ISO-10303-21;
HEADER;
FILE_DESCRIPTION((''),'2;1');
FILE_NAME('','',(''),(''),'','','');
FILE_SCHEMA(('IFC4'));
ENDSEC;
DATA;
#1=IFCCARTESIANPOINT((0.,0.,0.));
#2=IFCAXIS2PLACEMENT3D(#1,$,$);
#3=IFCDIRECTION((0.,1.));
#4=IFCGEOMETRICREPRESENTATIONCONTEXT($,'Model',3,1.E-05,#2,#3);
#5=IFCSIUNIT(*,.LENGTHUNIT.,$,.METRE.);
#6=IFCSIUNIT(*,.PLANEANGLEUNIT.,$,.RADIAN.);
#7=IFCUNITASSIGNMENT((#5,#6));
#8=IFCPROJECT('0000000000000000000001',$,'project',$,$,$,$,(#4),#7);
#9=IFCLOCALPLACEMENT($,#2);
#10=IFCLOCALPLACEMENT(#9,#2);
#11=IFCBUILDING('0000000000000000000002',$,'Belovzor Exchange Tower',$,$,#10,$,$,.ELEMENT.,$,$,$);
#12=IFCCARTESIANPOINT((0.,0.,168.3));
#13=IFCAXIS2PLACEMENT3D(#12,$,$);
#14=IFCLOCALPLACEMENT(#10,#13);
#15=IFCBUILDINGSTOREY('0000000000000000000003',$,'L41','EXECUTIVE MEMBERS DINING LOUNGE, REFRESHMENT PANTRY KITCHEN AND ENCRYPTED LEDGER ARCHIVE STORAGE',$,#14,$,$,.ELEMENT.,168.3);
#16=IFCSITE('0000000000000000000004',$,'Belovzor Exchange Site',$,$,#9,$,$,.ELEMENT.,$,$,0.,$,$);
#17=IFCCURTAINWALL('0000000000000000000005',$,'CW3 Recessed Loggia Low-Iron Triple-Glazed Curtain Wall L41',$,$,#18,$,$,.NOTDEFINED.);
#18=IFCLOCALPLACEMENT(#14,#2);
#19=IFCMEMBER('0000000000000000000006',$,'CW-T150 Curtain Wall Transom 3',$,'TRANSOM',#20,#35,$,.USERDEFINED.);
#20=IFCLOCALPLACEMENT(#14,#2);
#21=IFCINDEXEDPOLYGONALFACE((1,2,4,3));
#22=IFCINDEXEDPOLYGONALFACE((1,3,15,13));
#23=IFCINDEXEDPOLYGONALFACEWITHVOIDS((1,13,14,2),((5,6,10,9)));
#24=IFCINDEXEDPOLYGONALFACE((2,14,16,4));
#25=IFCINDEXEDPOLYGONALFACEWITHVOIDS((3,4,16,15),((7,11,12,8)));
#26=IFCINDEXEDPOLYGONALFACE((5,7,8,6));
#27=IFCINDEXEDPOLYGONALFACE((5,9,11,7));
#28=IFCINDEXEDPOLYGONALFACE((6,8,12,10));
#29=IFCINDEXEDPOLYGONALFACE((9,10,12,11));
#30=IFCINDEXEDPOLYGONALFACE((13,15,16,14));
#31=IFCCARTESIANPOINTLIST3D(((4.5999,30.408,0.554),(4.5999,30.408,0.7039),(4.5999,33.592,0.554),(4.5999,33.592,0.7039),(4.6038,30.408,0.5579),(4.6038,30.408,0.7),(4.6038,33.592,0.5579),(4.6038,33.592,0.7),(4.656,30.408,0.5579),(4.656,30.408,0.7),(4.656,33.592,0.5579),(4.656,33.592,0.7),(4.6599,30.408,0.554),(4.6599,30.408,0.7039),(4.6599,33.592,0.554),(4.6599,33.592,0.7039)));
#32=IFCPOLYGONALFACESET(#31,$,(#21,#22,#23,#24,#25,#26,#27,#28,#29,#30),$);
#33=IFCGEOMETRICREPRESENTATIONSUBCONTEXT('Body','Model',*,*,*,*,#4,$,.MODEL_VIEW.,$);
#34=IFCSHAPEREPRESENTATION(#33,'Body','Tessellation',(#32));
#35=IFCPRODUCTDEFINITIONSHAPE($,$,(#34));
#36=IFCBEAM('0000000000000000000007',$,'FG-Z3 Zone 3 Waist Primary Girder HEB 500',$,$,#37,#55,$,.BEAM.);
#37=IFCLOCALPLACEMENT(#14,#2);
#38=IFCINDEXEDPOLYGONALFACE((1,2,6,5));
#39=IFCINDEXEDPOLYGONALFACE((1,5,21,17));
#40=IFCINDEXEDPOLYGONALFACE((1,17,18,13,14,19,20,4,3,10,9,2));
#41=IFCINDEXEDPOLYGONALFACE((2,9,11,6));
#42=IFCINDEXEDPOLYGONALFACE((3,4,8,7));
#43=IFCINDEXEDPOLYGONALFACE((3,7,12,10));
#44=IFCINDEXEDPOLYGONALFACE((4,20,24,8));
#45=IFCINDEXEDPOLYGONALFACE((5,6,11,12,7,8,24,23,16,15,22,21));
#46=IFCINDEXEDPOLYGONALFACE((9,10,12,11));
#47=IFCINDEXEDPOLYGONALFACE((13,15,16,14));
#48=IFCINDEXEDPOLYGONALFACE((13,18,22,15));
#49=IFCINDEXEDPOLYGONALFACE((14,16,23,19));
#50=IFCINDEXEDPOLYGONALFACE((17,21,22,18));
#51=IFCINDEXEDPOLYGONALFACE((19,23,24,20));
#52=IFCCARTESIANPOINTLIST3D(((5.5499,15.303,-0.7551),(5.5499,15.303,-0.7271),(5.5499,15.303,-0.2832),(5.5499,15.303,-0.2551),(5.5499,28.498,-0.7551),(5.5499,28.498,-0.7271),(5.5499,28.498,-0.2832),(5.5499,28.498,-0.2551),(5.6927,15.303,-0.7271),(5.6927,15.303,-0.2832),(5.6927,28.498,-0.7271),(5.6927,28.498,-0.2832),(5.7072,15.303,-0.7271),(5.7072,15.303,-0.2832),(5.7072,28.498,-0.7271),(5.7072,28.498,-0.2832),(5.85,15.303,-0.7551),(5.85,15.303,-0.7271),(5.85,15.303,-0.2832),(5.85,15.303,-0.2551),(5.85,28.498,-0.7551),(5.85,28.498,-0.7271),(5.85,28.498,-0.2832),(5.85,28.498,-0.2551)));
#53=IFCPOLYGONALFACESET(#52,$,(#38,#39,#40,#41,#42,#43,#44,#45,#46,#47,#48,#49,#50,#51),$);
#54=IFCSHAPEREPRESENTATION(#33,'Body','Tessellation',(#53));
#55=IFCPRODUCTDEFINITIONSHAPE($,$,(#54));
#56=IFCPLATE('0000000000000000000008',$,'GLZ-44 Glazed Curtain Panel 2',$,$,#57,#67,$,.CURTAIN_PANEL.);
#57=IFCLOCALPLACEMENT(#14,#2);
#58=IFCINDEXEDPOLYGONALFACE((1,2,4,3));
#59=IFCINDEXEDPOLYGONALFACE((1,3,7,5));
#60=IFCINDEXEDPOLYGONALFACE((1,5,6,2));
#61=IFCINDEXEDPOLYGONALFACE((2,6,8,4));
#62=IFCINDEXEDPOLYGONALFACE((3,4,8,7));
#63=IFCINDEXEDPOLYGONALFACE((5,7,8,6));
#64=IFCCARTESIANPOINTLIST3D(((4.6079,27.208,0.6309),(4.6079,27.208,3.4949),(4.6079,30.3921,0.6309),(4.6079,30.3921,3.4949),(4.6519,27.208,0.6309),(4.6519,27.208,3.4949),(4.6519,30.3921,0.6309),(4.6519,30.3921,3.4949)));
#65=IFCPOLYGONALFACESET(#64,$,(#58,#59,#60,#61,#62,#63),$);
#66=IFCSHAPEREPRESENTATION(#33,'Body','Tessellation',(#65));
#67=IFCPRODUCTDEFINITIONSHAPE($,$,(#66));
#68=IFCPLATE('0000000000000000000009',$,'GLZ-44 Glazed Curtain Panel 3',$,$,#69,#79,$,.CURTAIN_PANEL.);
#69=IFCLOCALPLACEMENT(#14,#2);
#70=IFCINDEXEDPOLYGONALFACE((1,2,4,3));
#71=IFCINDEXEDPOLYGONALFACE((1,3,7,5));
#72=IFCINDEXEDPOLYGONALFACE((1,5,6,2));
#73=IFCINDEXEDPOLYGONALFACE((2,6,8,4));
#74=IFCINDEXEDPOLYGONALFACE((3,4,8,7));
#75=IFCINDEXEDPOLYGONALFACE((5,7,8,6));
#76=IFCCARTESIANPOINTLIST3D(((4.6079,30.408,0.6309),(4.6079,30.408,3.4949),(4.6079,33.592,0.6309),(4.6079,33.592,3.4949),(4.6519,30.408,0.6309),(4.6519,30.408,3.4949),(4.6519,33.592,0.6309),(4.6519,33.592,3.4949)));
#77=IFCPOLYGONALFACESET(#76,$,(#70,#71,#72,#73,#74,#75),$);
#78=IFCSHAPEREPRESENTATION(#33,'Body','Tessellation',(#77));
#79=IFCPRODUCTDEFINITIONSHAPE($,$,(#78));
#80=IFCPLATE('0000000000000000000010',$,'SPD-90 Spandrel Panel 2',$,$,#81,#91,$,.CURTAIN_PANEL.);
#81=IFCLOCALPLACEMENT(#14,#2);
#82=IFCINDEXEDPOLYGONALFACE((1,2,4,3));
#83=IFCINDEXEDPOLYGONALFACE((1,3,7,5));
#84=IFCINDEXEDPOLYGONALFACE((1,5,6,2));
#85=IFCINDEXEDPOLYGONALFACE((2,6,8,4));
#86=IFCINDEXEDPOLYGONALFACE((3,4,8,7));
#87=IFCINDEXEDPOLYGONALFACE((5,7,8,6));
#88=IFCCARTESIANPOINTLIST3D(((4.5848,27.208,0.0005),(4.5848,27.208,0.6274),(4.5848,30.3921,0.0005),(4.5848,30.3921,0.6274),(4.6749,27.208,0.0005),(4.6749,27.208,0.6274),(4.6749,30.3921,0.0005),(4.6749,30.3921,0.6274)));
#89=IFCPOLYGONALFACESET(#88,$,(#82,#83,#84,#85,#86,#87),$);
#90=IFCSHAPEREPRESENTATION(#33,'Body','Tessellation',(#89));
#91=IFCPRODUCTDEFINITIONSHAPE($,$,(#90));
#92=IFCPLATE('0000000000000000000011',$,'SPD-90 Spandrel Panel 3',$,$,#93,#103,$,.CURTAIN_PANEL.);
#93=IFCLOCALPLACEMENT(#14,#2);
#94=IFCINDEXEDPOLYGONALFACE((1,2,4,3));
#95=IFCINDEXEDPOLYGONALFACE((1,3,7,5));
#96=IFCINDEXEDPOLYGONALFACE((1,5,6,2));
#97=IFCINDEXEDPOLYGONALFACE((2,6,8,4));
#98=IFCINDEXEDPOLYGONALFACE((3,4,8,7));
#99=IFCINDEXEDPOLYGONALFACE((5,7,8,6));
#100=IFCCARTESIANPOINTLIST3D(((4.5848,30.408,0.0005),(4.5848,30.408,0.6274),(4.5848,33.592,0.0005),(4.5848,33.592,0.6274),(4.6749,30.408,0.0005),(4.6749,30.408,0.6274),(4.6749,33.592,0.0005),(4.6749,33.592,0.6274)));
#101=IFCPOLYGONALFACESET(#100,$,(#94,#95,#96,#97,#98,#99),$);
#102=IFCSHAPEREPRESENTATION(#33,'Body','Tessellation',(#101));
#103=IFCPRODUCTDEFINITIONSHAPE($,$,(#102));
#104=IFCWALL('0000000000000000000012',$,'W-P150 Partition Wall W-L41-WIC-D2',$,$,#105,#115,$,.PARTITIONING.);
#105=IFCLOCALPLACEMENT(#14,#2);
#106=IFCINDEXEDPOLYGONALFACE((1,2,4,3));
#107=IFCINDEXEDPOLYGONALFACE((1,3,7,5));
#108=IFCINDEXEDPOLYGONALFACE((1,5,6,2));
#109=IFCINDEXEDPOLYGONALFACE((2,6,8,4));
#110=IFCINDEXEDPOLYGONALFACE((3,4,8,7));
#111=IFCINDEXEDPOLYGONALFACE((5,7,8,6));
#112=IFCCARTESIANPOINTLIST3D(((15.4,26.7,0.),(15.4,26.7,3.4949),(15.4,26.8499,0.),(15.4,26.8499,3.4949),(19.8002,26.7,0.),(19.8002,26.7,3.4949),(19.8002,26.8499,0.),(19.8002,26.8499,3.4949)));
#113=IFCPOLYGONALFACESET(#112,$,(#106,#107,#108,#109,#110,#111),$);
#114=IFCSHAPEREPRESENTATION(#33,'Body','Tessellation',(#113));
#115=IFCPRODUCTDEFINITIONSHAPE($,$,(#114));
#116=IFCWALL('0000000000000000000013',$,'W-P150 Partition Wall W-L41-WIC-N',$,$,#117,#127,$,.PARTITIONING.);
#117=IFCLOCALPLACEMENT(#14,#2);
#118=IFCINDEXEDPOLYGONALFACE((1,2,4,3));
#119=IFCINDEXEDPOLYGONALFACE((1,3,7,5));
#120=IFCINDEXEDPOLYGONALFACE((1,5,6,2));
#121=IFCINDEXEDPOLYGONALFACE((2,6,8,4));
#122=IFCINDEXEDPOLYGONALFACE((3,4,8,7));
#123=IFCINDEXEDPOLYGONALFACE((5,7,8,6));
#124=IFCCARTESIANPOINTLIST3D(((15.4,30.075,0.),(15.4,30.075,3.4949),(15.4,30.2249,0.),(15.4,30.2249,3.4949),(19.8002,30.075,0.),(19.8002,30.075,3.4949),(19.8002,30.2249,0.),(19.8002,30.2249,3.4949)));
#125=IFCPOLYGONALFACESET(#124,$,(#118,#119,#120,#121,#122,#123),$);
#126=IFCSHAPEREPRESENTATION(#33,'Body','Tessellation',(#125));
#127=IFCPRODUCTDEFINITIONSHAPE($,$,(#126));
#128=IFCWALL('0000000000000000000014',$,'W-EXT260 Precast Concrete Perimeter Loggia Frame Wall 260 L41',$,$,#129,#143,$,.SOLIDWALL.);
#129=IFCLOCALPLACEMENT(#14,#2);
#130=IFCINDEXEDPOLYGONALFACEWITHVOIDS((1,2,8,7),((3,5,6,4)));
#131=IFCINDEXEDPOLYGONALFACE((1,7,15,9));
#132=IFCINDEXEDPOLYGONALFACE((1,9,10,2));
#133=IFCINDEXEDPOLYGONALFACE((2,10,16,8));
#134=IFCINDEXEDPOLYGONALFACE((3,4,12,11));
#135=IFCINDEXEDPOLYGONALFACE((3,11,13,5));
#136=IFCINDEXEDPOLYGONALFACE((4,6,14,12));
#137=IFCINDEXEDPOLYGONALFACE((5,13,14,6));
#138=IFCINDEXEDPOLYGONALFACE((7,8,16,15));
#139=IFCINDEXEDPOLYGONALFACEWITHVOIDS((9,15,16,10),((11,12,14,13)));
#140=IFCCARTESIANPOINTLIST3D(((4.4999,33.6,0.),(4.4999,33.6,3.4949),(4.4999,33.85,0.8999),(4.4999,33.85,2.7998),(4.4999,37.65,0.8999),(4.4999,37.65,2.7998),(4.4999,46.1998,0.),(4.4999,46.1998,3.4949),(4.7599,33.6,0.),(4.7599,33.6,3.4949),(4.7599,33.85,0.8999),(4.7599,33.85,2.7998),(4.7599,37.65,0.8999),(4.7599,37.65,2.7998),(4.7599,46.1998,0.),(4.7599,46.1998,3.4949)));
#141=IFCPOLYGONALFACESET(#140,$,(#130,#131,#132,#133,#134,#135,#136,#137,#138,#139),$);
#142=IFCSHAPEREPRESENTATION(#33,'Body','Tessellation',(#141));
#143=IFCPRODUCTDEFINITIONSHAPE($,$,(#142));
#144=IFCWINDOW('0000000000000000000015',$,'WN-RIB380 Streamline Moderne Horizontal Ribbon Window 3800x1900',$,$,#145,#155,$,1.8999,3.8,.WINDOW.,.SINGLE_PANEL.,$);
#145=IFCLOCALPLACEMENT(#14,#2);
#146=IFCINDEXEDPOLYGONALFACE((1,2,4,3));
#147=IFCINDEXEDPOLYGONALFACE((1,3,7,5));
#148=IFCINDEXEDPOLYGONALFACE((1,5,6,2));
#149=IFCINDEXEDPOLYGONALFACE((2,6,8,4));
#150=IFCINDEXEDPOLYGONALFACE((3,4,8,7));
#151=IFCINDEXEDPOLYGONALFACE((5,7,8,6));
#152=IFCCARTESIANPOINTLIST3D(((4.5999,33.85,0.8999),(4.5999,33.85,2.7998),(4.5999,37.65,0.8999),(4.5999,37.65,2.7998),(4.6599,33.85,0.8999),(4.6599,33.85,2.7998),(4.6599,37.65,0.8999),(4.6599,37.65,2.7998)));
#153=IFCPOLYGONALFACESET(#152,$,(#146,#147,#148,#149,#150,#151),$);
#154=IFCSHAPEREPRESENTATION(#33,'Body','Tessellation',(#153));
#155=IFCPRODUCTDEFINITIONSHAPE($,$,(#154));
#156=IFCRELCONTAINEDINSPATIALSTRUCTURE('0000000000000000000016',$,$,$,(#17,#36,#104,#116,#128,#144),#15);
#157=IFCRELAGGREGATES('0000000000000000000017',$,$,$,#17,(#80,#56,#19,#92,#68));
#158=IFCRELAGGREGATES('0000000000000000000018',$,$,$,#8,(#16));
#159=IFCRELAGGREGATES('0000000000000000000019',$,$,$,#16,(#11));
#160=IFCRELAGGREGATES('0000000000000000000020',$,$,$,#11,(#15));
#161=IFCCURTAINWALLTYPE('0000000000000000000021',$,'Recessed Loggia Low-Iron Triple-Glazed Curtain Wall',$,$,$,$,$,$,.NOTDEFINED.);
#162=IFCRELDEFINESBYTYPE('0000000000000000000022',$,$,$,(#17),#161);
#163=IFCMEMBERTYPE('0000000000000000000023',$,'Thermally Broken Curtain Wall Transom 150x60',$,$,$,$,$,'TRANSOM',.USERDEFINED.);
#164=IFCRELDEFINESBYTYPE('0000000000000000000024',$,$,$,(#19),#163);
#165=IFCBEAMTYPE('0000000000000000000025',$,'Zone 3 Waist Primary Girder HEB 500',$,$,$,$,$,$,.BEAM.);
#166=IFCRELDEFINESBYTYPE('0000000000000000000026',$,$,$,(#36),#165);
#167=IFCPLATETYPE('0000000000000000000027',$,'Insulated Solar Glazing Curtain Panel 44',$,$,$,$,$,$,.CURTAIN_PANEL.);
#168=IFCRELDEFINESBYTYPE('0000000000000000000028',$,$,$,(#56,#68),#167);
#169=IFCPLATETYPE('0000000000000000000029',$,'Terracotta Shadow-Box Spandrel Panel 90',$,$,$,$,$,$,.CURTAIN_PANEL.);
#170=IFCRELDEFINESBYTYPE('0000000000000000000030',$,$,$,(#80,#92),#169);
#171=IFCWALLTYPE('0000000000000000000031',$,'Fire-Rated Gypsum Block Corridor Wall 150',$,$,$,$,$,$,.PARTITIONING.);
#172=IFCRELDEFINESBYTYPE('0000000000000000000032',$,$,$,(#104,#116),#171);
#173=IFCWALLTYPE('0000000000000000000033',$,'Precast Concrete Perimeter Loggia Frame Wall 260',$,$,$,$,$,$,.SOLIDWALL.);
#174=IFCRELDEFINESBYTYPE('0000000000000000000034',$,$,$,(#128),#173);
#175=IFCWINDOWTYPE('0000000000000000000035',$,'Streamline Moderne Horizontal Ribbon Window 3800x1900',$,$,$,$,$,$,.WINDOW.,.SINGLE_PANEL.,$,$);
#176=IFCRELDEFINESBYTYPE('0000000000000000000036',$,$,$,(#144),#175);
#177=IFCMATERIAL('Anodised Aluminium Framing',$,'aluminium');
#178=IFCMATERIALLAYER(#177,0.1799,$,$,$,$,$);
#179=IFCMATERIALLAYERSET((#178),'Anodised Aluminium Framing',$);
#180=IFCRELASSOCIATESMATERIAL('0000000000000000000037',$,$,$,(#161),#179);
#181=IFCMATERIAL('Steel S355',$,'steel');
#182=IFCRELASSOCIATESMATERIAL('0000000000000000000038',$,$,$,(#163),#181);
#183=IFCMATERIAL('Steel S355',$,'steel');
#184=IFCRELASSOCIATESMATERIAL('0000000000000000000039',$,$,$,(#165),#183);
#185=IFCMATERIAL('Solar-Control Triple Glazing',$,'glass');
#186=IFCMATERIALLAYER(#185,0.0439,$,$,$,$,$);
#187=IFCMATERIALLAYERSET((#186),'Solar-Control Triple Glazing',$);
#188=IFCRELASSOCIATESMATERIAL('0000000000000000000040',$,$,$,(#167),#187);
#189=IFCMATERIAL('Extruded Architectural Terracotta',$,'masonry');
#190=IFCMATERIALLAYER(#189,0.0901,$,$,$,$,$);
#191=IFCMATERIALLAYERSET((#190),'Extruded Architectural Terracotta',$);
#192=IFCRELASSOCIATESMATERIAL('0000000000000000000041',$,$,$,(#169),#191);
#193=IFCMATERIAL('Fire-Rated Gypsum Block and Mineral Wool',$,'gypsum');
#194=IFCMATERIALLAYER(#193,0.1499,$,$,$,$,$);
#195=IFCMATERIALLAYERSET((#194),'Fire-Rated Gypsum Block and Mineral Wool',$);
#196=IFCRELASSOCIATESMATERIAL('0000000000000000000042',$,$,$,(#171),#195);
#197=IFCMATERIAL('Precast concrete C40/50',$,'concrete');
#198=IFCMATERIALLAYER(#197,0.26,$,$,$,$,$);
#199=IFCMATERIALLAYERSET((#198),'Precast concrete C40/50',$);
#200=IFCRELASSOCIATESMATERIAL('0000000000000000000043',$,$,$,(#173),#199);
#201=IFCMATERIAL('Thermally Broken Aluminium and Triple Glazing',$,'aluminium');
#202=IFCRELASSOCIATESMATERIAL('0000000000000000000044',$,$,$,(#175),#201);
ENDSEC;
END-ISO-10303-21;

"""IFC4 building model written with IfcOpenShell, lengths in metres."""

from ifc_helpers import new_model, si_unit, direction, frame, frame_2d, origin, origin_2d, place, context, subcontext, project, spatial, rectangle, hollow_rectangle, i_section, extrude, material, layer, layer_set, material_profile, profile_set, type_object, element, fill, aggregate, save


model = new_model("IFC4")

# Units and contexts
model_context = context("Model", 3, precision=1e-05, world=origin(), true_north=direction((0.0, 1.0)))
body_context = subcontext(model_context, "Body", "Model", "MODEL_VIEW")
ifc_project = project(units=[si_unit("LENGTHUNIT", "METRE"), si_unit("PLANEANGLEUNIT", "RADIAN")], contexts=[model_context])

# Site, building, storey
site_placement = place(None, origin())
site = spatial("IfcSite", under=ifc_project, at=site_placement, Name="Belovzor Exchange Site", CompositionType="ELEMENT", RefElevation=0.0)
building_placement = place(site_placement, origin())
building = spatial("IfcBuilding", under=site, at=building_placement, Name="Belovzor Exchange Tower", CompositionType="ELEMENT")
storey_placement = place(building_placement, frame((0.0, 0.0, 168.3)))
storey = spatial("IfcBuildingStorey", under=building, at=storey_placement, Name="L41", Description="EXECUTIVE MEMBERS DINING LOUNGE, REFRESHMENT PANTRY KITCHEN AND ENCRYPTED LEDGER ARCHIVE STORAGE", CompositionType="ELEMENT", Elevation=168.3)

# Curtain wall, member
ifc_material_1 = material(Name="Anodised Aluminium Framing", Category="aluminium")
ifc_layer_1 = layer(ifc_material_1, 0.1799)
ifc_layer_set_1 = layer_set([ifc_layer_1], Name="Anodised Aluminium Framing")
curtain_wall_type = type_object("IfcCurtainWallType", Name="Recessed Loggia Low-Iron Triple-Glazed Curtain Wall", PredefinedType="NOTDEFINED", material=ifc_layer_set_1)
curtain_wall_placement = place(storey_placement, origin())
curtain_wall = element("IfcCurtainWall", 1, at=curtain_wall_placement, inside=storey, type_object=curtain_wall_type, Name="CW3 Recessed Loggia Low-Iron Triple-Glazed Curtain Wall L41", PredefinedType="NOTDEFINED")
ifc_material_2 = material(Name="Steel S355", Category="steel")
ifc_material_profile_1 = material_profile(ifc_material_2, hollow_rectangle(XDim=0.0601, YDim=0.1499, WallThickness=0.0039, at=origin_2d()))
ifc_profile_set_1 = profile_set([ifc_material_profile_1], Name="Steel S355")
member_type_1 = type_object("IfcMemberType", Name="Thermally Broken Curtain Wall Transom 150x60", ElementType="TRANSOM", PredefinedType="USERDEFINED", material=ifc_profile_set_1)
member_1_placement = place(storey_placement, frame((4.6299, 30.408, 0.6289), z_axis=(0.0, 1.0, 0.0), x_axis=(-1.0, 0.0, 0.0)))
member_1 = element("IfcMember", 2, at=member_1_placement, type_object=member_type_1, Name="CW-T150 Curtain Wall Transom 3", ObjectType="TRANSOM", PredefinedType="USERDEFINED", context=body_context, shape_type="SweptSolid", body=[
    extrude(hollow_rectangle(XDim=0.0601, YDim=0.1499, WallThickness=0.0039, at=origin_2d()), origin(), (0.0, 0.0, 1.0), 3.1841),
])

# Beam
ifc_material_3 = material(Name="Steel S355", Category="steel")
ifc_material_profile_2 = material_profile(ifc_material_3, i_section(OverallWidth=0.3, OverallDepth=0.5, WebThickness=0.0144, FlangeThickness=0.0281, at=origin_2d()))
ifc_profile_set_2 = profile_set([ifc_material_profile_2], Name="Steel S355")
beam_type_1 = type_object("IfcBeamType", Name="Zone 3 Waist Primary Girder HEB 500", PredefinedType="BEAM", material=ifc_profile_set_2)
beam_1_placement = place(storey_placement, frame((5.7, 28.498, -0.5051), z_axis=(0.0, -1.0, 0.0), x_axis=(1.0, 0.0, 0.0)))
element("IfcBeam", 3, at=beam_1_placement, inside=storey, type_object=beam_type_1, Name="FG-Z3 Zone 3 Waist Primary Girder HEB 500", PredefinedType="BEAM", context=body_context, shape_type="SweptSolid", body=[
    extrude(i_section(OverallWidth=0.3, OverallDepth=0.5, WebThickness=0.0144, FlangeThickness=0.0281, at=origin_2d()), origin(), (0.0, 0.0, 1.0), 13.1951),
])

# Plates
ifc_material_4 = material(Name="Solar-Control Triple Glazing", Category="glass")
ifc_layer_2 = layer(ifc_material_4, 0.0439)
ifc_layer_set_2 = layer_set([ifc_layer_2], Name="Solar-Control Triple Glazing")
plate_type_1 = type_object("IfcPlateType", Name="Insulated Solar Glazing Curtain Panel 44", PredefinedType="CURTAIN_PANEL", material=ifc_layer_set_2)
plate_1_placement = place(storey_placement, frame((4.6299, 28.8, 0.6309), z_axis=(0.0, 0.0, 1.0), x_axis=(0.0, 1.0, 0.0)))
plate_1 = element("IfcPlate", 4, at=plate_1_placement, type_object=plate_type_1, Name="GLZ-44 Glazed Curtain Panel 2", PredefinedType="CURTAIN_PANEL", context=body_context, shape_type="SweptSolid", body=[
    extrude(rectangle(XDim=3.1841, YDim=0.0439, at=origin_2d()), origin(), (0.0, 0.0, 1.0), 2.864),
])
plate_2_placement = place(storey_placement, frame((4.6299, 32.0, 0.6309), z_axis=(0.0, 0.0, 1.0), x_axis=(0.0, 1.0, 0.0)))
plate_2 = element("IfcPlate", 5, at=plate_2_placement, type_object=plate_type_1, Name="GLZ-44 Glazed Curtain Panel 3", PredefinedType="CURTAIN_PANEL", context=body_context, shape_type="SweptSolid", body=[
    extrude(rectangle(XDim=3.1841, YDim=0.0439, at=origin_2d()), origin(), (0.0, 0.0, 1.0), 2.864),
])
ifc_material_5 = material(Name="Extruded Architectural Terracotta", Category="masonry")
ifc_layer_3 = layer(ifc_material_5, 0.0901)
ifc_layer_set_3 = layer_set([ifc_layer_3], Name="Extruded Architectural Terracotta")
plate_type_2 = type_object("IfcPlateType", Name="Terracotta Shadow-Box Spandrel Panel 90", PredefinedType="CURTAIN_PANEL", material=ifc_layer_set_3)
plate_3_placement = place(storey_placement, frame((4.6299, 28.8, 0.0005), z_axis=(0.0, 0.0, 1.0), x_axis=(0.0, 1.0, 0.0)))
plate_3 = element("IfcPlate", 6, at=plate_3_placement, type_object=plate_type_2, Name="SPD-90 Spandrel Panel 2", PredefinedType="CURTAIN_PANEL", context=body_context, shape_type="SweptSolid", body=[
    extrude(rectangle(XDim=3.1841, YDim=0.0901, at=origin_2d()), origin(), (0.0, 0.0, 1.0), 0.627),
])
plate_4_placement = place(storey_placement, frame((4.6299, 32.0, 0.0005), z_axis=(0.0, 0.0, 1.0), x_axis=(0.0, 1.0, 0.0)))
plate_4 = element("IfcPlate", 7, at=plate_4_placement, type_object=plate_type_2, Name="SPD-90 Spandrel Panel 3", PredefinedType="CURTAIN_PANEL", context=body_context, shape_type="SweptSolid", body=[
    extrude(rectangle(XDim=3.1841, YDim=0.0901, at=origin_2d()), origin(), (0.0, 0.0, 1.0), 0.627),
])
aggregate(curtain_wall, [plate_3, plate_1, member_1, plate_4, plate_2])

# Walls
ifc_material_6 = material(Name="Fire-Rated Gypsum Block and Mineral Wool", Category="gypsum")
ifc_layer_4 = layer(ifc_material_6, 0.1499)
ifc_layer_set_4 = layer_set([ifc_layer_4], Name="Fire-Rated Gypsum Block and Mineral Wool")
wall_type_1 = type_object("IfcWallType", Name="Fire-Rated Gypsum Block Corridor Wall 150", PredefinedType="PARTITIONING", material=ifc_layer_set_4)
for number, where, z_axis, x_axis, name in (
    (8, (15.3999, 26.7749, 0.0), (0.0, 0.0, 1.0), (1.0, 0.0, 0.0), "W-P150 Partition Wall W-L41-WIC-D2"),
    (9, (15.3999, 30.1499, 0.0), (0.0, 0.0, 1.0), (1.0, 0.0, 0.0), "W-P150 Partition Wall W-L41-WIC-N"),
):
    element("IfcWall", number, at=place(storey_placement, frame(where, z_axis=z_axis, x_axis=x_axis)), inside=storey, type_object=wall_type_1, Name=name, PredefinedType="PARTITIONING", context=body_context, shape_type="SweptSolid", body=[
        extrude(rectangle(XDim=4.4001, YDim=0.1499, at=frame_2d((2.2002, 0.0))), origin(), (0.0, 0.0, 1.0), 3.4949),
    ])

# Wall, opening, window
ifc_material_7 = material(Name="Precast concrete C40/50", Category="concrete")
ifc_layer_5 = layer(ifc_material_7, 0.26)
ifc_layer_set_5 = layer_set([ifc_layer_5], Name="Precast concrete C40/50")
wall_type_2 = type_object("IfcWallType", Name="Precast Concrete Perimeter Loggia Frame Wall 260", PredefinedType="SOLIDWALL", material=ifc_layer_set_5)
wall_placement = place(storey_placement, frame((4.6299, 33.6001, 0.0), z_axis=(0.0, 0.0, 1.0), x_axis=(0.0, 1.0, 0.0)))
wall = element("IfcWall", 10, at=wall_placement, inside=storey, type_object=wall_type_2, Name="W-EXT260 Precast Concrete Perimeter Loggia Frame Wall 260 L41", PredefinedType="SOLIDWALL", context=body_context, shape_type="SweptSolid", body=[
    extrude(rectangle(XDim=12.5999, YDim=0.26, at=frame_2d((6.2998, 0.0))), origin(), (0.0, 0.0, 1.0), 3.4949),
])
opening_placement = place(wall_placement, frame((0.25, 0.0, 0.8999)))
opening = element("IfcOpeningElement", 11, at=opening_placement, cuts=wall, PredefinedType="OPENING", context=body_context, shape_type="SweptSolid", body=[
    extrude(rectangle(XDim=3.8, YDim=1.8999, at=frame_2d((1.8999, 0.95))), frame((0.0, 0.1399, 0.0), z_axis=(0.0, -1.0, 0.0), x_axis=(1.0, 0.0, 0.0)), (0.0, 0.0, 1.0), 0.28),
])
ifc_material_8 = material(Name="Thermally Broken Aluminium and Triple Glazing", Category="aluminium")
window_type = type_object("IfcWindowType", Name="Streamline Moderne Horizontal Ribbon Window 3800x1900", PartitioningType="SINGLE_PANEL", PredefinedType="WINDOW", material=ifc_material_8)
window_placement = place(opening_placement, origin())
window = element("IfcWindow", 12, at=window_placement, inside=storey, type_object=window_type, Name="WN-RIB380 Streamline Moderne Horizontal Ribbon Window 3800x1900", OverallHeight=1.8999, OverallWidth=3.8, PartitioningType="SINGLE_PANEL", PredefinedType="WINDOW", context=body_context, shape_type="SweptSolid", body=[
    extrude(rectangle(XDim=3.8, YDim=1.8999, at=frame_2d((1.8999, 0.95))), frame((0.0, 0.03, 0.0), z_axis=(0.0, -1.0, 0.0), x_axis=(1.0, 0.0, 0.0)), (0.0, 0.0, 1.0), 0.0601),
])
fill(opening, window)

save(model, "model.ifc")
